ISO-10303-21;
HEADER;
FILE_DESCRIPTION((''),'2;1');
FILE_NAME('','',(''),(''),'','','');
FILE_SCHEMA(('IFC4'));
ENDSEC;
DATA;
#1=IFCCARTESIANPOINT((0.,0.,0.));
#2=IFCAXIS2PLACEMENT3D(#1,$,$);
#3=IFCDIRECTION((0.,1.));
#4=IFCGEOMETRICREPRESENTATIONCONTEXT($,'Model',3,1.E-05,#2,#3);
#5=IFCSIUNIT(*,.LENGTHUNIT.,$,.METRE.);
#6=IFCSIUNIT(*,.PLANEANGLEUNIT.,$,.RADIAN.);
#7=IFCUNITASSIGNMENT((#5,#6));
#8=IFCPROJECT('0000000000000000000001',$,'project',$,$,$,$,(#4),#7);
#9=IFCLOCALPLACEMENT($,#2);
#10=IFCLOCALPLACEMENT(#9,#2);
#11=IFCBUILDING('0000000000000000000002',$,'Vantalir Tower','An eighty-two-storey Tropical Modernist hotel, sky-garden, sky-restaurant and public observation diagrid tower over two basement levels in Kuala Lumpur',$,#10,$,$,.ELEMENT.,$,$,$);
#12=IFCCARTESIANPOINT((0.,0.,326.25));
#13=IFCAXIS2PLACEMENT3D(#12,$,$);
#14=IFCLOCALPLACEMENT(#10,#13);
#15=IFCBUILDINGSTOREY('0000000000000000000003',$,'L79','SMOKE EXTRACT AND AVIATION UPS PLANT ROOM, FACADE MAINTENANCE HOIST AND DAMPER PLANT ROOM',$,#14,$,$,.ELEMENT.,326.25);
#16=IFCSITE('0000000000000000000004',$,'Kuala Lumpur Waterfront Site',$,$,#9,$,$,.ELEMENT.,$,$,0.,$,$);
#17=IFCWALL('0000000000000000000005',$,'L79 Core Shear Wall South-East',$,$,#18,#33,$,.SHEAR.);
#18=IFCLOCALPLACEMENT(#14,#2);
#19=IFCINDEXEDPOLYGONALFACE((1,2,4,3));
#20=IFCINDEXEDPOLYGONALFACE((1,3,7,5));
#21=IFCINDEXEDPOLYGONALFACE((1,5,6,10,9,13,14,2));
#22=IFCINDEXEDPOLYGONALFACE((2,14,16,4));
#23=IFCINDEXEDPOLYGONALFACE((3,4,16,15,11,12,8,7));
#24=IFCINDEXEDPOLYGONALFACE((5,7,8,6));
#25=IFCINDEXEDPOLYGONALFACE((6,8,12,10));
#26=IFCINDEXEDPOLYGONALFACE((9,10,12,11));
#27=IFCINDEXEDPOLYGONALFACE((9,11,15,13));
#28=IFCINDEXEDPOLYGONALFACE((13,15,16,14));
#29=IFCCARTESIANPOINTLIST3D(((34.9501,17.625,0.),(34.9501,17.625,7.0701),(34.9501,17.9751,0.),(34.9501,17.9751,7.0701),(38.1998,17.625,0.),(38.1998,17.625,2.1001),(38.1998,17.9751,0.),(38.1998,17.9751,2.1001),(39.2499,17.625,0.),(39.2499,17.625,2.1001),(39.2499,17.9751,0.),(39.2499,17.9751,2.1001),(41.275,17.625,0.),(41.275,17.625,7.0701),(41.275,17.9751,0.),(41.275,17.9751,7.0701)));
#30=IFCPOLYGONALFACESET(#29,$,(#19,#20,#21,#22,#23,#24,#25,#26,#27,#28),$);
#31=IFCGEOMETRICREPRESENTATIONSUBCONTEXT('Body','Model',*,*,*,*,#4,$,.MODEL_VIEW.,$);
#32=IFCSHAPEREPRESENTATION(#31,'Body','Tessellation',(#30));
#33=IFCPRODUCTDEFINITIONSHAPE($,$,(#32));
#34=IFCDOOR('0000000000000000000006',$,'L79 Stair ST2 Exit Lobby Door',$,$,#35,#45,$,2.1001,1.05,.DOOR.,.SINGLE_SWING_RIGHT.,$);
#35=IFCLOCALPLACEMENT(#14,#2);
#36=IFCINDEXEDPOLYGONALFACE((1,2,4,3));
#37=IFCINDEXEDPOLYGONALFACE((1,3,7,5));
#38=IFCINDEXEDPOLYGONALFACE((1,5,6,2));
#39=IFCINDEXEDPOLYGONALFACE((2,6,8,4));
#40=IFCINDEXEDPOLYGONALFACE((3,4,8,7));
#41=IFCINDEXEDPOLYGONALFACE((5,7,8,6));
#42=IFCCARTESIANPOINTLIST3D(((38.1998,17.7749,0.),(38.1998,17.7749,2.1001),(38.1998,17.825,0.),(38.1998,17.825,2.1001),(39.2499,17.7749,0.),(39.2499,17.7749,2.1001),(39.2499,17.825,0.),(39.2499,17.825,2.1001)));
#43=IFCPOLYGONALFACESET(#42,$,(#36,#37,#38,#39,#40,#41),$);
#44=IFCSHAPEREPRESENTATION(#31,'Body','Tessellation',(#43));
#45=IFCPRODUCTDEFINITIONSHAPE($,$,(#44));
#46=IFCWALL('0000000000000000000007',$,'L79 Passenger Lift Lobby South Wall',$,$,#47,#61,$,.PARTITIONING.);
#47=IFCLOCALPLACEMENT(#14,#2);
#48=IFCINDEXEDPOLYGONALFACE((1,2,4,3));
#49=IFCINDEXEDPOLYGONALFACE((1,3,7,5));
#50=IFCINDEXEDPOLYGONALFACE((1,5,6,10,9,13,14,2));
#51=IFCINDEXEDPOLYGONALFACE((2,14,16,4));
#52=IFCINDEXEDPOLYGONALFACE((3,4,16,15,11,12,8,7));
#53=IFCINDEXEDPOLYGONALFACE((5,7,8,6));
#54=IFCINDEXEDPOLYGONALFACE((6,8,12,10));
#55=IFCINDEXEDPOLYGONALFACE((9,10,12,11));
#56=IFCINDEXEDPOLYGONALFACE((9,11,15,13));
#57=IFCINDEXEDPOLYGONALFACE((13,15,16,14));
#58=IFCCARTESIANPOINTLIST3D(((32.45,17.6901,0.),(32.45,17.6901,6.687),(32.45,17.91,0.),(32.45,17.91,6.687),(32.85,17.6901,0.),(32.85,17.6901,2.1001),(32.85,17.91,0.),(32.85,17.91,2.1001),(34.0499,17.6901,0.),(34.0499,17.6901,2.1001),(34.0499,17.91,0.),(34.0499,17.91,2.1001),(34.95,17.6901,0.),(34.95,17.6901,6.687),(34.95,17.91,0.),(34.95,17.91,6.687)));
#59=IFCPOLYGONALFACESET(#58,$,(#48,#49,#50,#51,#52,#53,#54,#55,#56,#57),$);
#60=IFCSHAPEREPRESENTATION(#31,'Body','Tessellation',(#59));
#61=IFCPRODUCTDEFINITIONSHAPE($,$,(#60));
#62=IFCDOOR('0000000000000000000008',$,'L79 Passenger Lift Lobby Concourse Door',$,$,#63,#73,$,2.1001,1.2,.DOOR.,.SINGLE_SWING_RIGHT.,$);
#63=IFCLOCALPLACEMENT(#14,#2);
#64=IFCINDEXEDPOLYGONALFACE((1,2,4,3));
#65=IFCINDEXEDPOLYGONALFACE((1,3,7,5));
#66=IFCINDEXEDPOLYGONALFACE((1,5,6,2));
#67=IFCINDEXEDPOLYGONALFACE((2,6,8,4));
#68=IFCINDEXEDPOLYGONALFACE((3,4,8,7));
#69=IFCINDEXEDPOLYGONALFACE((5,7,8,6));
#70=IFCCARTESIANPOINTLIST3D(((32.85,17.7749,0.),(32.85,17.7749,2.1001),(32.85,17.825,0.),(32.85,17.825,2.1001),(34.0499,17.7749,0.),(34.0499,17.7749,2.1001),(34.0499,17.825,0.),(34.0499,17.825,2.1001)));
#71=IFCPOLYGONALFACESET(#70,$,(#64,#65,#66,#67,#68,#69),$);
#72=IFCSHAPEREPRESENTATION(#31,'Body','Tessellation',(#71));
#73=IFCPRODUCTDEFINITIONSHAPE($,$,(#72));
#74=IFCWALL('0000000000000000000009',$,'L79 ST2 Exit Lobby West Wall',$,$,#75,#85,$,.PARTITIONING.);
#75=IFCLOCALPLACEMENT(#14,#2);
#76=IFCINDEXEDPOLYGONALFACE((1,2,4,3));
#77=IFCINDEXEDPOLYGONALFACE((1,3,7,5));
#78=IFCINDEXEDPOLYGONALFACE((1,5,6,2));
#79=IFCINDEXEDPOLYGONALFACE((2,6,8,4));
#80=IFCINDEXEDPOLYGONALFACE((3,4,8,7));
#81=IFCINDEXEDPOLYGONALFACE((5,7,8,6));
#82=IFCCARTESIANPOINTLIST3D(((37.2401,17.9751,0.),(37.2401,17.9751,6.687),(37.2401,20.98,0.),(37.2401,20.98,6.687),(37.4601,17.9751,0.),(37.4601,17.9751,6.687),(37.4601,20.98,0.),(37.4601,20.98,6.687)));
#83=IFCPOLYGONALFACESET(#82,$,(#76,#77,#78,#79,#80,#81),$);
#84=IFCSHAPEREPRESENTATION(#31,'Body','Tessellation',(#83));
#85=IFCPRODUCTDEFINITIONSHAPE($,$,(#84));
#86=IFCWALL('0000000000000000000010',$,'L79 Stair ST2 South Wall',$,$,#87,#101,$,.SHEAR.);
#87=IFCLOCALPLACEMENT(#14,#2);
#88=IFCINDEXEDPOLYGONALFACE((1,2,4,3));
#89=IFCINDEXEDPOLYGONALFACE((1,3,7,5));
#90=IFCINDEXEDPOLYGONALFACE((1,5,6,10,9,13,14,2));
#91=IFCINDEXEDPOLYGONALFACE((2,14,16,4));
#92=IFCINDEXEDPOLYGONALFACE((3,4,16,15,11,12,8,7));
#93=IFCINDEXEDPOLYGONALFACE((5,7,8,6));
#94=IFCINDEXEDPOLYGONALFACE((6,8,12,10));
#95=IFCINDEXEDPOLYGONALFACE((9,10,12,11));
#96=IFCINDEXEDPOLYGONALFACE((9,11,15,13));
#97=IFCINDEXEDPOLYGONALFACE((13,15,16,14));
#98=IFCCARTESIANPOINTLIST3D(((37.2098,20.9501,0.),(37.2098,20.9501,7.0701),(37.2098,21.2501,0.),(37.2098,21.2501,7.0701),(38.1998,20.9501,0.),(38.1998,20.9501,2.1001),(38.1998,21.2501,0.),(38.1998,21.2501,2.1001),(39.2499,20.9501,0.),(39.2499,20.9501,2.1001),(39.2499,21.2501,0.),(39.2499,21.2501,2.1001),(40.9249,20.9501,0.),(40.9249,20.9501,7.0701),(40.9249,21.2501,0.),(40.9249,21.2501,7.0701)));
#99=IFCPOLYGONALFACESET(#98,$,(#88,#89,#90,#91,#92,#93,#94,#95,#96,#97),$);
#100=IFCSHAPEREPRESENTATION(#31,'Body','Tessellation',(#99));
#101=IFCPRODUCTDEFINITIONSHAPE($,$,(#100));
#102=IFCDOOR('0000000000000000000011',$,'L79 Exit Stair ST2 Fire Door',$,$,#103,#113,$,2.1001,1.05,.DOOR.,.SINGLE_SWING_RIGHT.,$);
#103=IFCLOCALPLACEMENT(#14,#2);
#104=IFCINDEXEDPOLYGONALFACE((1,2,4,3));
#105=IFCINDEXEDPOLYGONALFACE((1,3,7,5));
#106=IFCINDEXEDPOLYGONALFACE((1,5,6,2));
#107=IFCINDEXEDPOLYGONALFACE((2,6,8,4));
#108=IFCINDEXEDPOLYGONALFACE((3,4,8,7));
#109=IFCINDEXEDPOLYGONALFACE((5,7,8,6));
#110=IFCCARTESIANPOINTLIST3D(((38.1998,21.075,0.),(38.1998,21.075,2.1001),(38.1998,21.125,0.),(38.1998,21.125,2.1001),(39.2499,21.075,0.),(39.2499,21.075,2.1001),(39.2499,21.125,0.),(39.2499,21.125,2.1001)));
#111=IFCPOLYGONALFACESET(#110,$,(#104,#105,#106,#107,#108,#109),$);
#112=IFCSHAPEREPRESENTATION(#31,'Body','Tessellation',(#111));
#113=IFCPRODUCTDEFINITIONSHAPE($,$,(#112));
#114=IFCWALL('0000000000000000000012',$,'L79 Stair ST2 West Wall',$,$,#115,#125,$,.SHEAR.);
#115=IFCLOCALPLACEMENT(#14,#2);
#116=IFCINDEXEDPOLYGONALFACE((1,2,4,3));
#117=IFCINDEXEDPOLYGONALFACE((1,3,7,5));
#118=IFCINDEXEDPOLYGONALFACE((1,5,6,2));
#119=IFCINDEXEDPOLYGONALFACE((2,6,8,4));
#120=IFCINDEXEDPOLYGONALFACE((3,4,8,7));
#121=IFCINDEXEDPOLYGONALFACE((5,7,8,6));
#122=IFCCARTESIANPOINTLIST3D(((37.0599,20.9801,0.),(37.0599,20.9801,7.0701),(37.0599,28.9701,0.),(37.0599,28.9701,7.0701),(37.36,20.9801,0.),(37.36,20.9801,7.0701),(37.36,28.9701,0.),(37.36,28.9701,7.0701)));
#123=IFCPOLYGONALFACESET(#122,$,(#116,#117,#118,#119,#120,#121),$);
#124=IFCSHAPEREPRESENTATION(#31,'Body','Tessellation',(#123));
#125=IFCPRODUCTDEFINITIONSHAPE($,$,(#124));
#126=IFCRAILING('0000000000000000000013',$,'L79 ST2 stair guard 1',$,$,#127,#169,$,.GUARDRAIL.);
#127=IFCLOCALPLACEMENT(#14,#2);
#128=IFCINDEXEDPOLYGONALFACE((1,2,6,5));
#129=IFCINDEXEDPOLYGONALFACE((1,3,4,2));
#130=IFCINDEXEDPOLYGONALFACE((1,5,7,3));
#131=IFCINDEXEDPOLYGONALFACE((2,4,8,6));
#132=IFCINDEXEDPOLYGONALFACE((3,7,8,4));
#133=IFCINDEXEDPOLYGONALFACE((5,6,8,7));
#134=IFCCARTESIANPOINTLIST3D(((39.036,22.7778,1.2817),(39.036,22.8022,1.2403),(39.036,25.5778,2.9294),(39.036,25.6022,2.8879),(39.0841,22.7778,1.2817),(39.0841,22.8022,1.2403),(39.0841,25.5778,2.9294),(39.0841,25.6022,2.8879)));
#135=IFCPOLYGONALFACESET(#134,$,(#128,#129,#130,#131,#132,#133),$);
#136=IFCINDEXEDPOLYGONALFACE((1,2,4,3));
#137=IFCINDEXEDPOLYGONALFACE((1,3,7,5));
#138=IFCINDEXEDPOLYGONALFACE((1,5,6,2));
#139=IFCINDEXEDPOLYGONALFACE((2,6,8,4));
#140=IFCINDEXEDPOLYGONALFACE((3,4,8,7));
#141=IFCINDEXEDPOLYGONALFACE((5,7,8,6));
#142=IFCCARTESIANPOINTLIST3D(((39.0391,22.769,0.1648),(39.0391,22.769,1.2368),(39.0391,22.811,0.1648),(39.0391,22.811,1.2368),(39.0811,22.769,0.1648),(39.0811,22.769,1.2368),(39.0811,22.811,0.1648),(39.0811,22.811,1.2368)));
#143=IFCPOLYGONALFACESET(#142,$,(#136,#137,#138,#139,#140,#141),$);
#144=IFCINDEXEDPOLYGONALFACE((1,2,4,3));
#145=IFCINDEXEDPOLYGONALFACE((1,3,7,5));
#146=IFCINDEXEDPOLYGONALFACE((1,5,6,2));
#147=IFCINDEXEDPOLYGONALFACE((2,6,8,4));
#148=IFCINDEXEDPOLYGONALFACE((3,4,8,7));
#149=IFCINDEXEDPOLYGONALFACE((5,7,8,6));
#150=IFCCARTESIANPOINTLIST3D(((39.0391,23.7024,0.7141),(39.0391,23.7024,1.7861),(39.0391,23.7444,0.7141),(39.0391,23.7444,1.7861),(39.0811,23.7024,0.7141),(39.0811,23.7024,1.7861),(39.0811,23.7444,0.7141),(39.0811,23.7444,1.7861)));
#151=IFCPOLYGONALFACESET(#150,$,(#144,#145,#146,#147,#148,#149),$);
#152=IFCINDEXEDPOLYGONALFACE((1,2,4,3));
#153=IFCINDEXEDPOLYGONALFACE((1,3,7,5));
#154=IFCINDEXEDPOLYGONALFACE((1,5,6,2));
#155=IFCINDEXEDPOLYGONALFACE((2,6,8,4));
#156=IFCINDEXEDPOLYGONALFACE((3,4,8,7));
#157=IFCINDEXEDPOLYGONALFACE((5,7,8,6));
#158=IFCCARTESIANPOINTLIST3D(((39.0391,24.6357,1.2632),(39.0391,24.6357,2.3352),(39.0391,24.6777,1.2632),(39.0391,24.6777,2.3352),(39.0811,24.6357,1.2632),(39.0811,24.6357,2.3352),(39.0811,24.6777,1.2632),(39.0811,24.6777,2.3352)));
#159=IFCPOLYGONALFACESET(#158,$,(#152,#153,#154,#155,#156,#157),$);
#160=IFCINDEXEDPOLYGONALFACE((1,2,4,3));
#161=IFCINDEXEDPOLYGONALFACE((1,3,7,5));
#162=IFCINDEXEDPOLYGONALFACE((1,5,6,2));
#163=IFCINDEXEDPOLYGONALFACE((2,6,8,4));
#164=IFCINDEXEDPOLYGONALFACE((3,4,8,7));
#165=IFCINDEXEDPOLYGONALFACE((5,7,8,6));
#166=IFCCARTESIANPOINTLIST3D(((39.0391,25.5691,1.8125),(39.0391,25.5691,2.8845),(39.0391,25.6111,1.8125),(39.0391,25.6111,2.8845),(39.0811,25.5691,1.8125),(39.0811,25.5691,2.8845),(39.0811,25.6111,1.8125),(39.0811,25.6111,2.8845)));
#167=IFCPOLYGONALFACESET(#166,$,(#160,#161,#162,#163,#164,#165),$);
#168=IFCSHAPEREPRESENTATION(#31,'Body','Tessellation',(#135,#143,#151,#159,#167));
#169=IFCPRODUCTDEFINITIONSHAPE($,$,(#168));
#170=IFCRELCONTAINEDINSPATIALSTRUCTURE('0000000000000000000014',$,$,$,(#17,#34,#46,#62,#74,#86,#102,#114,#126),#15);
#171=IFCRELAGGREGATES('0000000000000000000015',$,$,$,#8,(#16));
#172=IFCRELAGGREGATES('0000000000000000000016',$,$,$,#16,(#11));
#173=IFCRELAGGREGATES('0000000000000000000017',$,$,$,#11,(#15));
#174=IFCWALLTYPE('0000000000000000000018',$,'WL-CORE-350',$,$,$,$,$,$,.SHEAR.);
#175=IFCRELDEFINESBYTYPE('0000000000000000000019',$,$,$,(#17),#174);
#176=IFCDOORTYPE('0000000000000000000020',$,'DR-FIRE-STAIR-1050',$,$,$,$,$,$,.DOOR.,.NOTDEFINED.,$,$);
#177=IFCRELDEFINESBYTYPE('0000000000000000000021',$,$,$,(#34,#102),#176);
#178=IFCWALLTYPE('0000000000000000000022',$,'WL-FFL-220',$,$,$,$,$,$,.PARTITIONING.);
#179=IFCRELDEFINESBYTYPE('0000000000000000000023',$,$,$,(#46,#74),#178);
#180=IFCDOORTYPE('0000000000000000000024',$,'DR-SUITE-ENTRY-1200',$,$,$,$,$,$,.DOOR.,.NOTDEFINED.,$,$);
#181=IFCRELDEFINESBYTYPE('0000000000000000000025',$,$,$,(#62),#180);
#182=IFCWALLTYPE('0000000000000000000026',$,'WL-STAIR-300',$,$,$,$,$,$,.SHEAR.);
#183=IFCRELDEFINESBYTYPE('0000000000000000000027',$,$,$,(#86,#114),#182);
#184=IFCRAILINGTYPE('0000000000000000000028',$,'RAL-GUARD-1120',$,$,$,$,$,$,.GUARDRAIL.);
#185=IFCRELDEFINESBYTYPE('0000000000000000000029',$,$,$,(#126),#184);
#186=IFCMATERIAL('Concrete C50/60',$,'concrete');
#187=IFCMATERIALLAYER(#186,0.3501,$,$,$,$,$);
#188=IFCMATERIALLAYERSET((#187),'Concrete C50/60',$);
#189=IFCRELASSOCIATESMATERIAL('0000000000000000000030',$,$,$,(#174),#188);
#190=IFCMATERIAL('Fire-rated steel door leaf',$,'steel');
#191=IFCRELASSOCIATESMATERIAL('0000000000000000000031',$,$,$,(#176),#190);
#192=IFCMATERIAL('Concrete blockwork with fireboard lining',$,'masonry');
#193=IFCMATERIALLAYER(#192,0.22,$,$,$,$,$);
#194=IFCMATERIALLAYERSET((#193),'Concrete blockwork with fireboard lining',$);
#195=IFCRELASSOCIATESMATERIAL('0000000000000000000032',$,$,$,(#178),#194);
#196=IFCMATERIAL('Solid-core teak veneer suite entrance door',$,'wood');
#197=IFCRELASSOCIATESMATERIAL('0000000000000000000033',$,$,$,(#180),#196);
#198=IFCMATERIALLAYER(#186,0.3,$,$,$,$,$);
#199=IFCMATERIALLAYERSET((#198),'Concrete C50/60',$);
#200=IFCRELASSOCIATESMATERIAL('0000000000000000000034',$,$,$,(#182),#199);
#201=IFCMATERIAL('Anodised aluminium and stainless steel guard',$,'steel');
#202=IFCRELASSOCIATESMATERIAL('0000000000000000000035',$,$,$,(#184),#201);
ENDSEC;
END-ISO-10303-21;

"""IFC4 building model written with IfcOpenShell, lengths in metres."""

from ifc_helpers import new_model, si_unit, direction, frame, frame_2d, origin, origin_2d, place, context, subcontext, project, spatial, rectangle, extrude, material, layer, layer_set, type_object, element, fill, save


model = new_model("IFC4")

# Units and contexts
model_context = context("Model", 3, precision=1e-05, world=origin(), true_north=direction((0.0, 1.0)))
body_context = subcontext(model_context, "Body", "Model", "MODEL_VIEW")
ifc_project = project(units=[si_unit("LENGTHUNIT", "METRE"), si_unit("PLANEANGLEUNIT", "RADIAN")], contexts=[model_context])

# Site, building, storey
site_placement = place(None, origin())
site = spatial("IfcSite", under=ifc_project, at=site_placement, Name="Kuala Lumpur Waterfront Site", CompositionType="ELEMENT", RefElevation=0.0)
building_placement = place(site_placement, origin())
building = spatial("IfcBuilding", under=site, at=building_placement, Name="Vantalir Tower", Description="An eighty-two-storey Tropical Modernist hotel, sky-garden, sky-restaurant and public observation diagrid tower over two basement levels in Kuala Lumpur", CompositionType="ELEMENT")
storey_placement = place(building_placement, frame((0.0, 0.0, 326.25)))
storey = spatial("IfcBuildingStorey", under=building, at=storey_placement, Name="L79", Description="SMOKE EXTRACT AND AVIATION UPS PLANT ROOM, FACADE MAINTENANCE HOIST AND DAMPER PLANT ROOM", CompositionType="ELEMENT", Elevation=326.25)

# Shared definitions
ifc_material_1 = material(Name="Concrete C50/60", Category="concrete")

# Walls, openings, doors
ifc_layer_1 = layer(ifc_material_1, 0.3501)
ifc_layer_set_1 = layer_set([ifc_layer_1], Name="Concrete C50/60")
wall_type_1 = type_object("IfcWallType", Name="WL-CORE-350", PredefinedType="SHEAR", material=ifc_layer_set_1)
wall_1_placement = place(storey_placement, frame((34.95, 17.8, 0.0), z_axis=(0.0, 0.0, 1.0), x_axis=(1.0, 0.0, 0.0)))
wall_1 = element("IfcWall", 1, at=wall_1_placement, inside=storey, type_object=wall_type_1, Name="L79 Core Shear Wall South-East", PredefinedType="SHEAR", context=body_context, shape_type="SweptSolid", body=[
    extrude(rectangle(XDim=6.325, YDim=0.3501, at=frame_2d((3.1626, 0.0))), origin(), (0.0, 0.0, 1.0), 7.0701),
])
opening_1_placement = place(wall_1_placement, frame((3.25, 0.0, 0.0)))
opening_1 = element("IfcOpeningElement", 2, at=opening_1_placement, cuts=wall_1, PredefinedType="OPENING", context=body_context, shape_type="SweptSolid", body=[
    extrude(rectangle(XDim=1.05, YDim=2.1001, at=frame_2d((0.5249, 1.05))), frame((0.0, 0.1851, 0.0), z_axis=(0.0, -1.0, 0.0), x_axis=(1.0, 0.0, 0.0)), (0.0, 0.0, 1.0), 0.3701),
])
ifc_material_2 = material(Name="Fire-rated steel door leaf", Category="steel")
door_type_1 = type_object("IfcDoorType", Name="DR-FIRE-STAIR-1050", OperationType="NOTDEFINED", PredefinedType="DOOR", material=ifc_material_2)
door_1_placement = place(opening_1_placement, origin())
door_1 = element("IfcDoor", 3, at=door_1_placement, inside=storey, type_object=door_type_1, Name="L79 Stair ST2 Exit Lobby Door", OperationType="SINGLE_SWING_RIGHT", OverallHeight=2.1001, OverallWidth=1.05, PredefinedType="DOOR", context=body_context, shape_type="SweptSolid", body=[
    extrude(rectangle(XDim=1.05, YDim=2.1001, at=frame_2d((0.5249, 1.05))), frame((0.0, 0.0249, 0.0), z_axis=(0.0, -1.0, 0.0), x_axis=(1.0, 0.0, 0.0)), (0.0, 0.0, 1.0), 0.05),
])
fill(opening_1, door_1)
ifc_material_3 = material(Name="Concrete blockwork with fireboard lining", Category="masonry")
ifc_layer_2 = layer(ifc_material_3, 0.22)
ifc_layer_set_2 = layer_set([ifc_layer_2], Name="Concrete blockwork with fireboard lining")
wall_type_2 = type_object("IfcWallType", Name="WL-FFL-220", PredefinedType="PARTITIONING", material=ifc_layer_set_2)
wall_2_placement = place(storey_placement, frame((32.45, 17.8, 0.0), z_axis=(0.0, 0.0, 1.0), x_axis=(1.0, 0.0, 0.0)))
wall_2 = element("IfcWall", 4, at=wall_2_placement, inside=storey, type_object=wall_type_2, Name="L79 Passenger Lift Lobby South Wall", PredefinedType="PARTITIONING", context=body_context, shape_type="SweptSolid", body=[
    extrude(rectangle(XDim=2.5, YDim=0.22, at=frame_2d((1.25, 0.0))), origin(), (0.0, 0.0, 1.0), 6.687),
])
opening_2_placement = place(wall_2_placement, frame((0.3999, 0.0, 0.0)))
opening_2 = element("IfcOpeningElement", 5, at=opening_2_placement, cuts=wall_2, PredefinedType="OPENING", context=body_context, shape_type="SweptSolid", body=[
    extrude(rectangle(XDim=1.2, YDim=2.1001, at=frame_2d((0.6001, 1.05))), frame((0.0, 0.1199, 0.0), z_axis=(0.0, -1.0, 0.0), x_axis=(1.0, 0.0, 0.0)), (0.0, 0.0, 1.0), 0.24),
])
ifc_material_4 = material(Name="Solid-core teak veneer suite entrance door", Category="wood")
door_type_2 = type_object("IfcDoorType", Name="DR-SUITE-ENTRY-1200", OperationType="NOTDEFINED", PredefinedType="DOOR", material=ifc_material_4)
door_2_placement = place(opening_2_placement, origin())
door_2 = element("IfcDoor", 6, at=door_2_placement, inside=storey, type_object=door_type_2, Name="L79 Passenger Lift Lobby Concourse Door", OperationType="SINGLE_SWING_RIGHT", OverallHeight=2.1001, OverallWidth=1.2, PredefinedType="DOOR", context=body_context, shape_type="SweptSolid", body=[
    extrude(rectangle(XDim=1.2, YDim=2.1001, at=frame_2d((0.6001, 1.05))), frame((0.0, 0.0249, 0.0), z_axis=(0.0, -1.0, 0.0), x_axis=(1.0, 0.0, 0.0)), (0.0, 0.0, 1.0), 0.05),
])
fill(opening_2, door_2)

# Wall
wall_3_placement = place(storey_placement, frame((37.3501, 17.9751, 0.0), z_axis=(0.0, 0.0, 1.0), x_axis=(0.0, 1.0, 0.0)))
element("IfcWall", 7, at=wall_3_placement, inside=storey, type_object=wall_type_2, Name="L79 ST2 Exit Lobby West Wall", PredefinedType="PARTITIONING", context=body_context, shape_type="SweptSolid", body=[
    extrude(rectangle(XDim=3.0049, YDim=0.22, at=frame_2d((1.5024, 0.0))), origin(), (0.0, 0.0, 1.0), 6.687),
])

# Wall, opening, door
ifc_layer_3 = layer(ifc_material_1, 0.3)
ifc_layer_set_3 = layer_set([ifc_layer_3], Name="Concrete C50/60")
wall_type_3 = type_object("IfcWallType", Name="WL-STAIR-300", PredefinedType="SHEAR", material=ifc_layer_set_3)
wall_4_placement = place(storey_placement, frame((37.21, 21.1001, 0.0), z_axis=(0.0, 0.0, 1.0), x_axis=(1.0, 0.0, 0.0)))
wall_4 = element("IfcWall", 8, at=wall_4_placement, inside=storey, type_object=wall_type_3, Name="L79 Stair ST2 South Wall", PredefinedType="SHEAR", context=body_context, shape_type="SweptSolid", body=[
    extrude(rectangle(XDim=3.7151, YDim=0.3, at=frame_2d((1.8574, 0.0))), origin(), (0.0, 0.0, 1.0), 7.0701),
])
opening_3_placement = place(wall_4_placement, frame((0.99, 0.0, 0.0)))
opening_3 = element("IfcOpeningElement", 9, at=opening_3_placement, cuts=wall_4, PredefinedType="OPENING", context=body_context, shape_type="SweptSolid", body=[
    extrude(rectangle(XDim=1.05, YDim=2.1001, at=frame_2d((0.5249, 1.05))), frame((0.0, 0.1599, 0.0), z_axis=(0.0, -1.0, 0.0), x_axis=(1.0, 0.0, 0.0)), (0.0, 0.0, 1.0), 0.3201),
])
door_3_placement = place(opening_3_placement, origin())
door_3 = element("IfcDoor", 10, at=door_3_placement, inside=storey, type_object=door_type_1, Name="L79 Exit Stair ST2 Fire Door", OperationType="SINGLE_SWING_RIGHT", OverallHeight=2.1001, OverallWidth=1.05, PredefinedType="DOOR", context=body_context, shape_type="SweptSolid", body=[
    extrude(rectangle(XDim=1.05, YDim=2.1001, at=frame_2d((0.5249, 1.05))), frame((0.0, 0.0249, 0.0), z_axis=(0.0, -1.0, 0.0), x_axis=(1.0, 0.0, 0.0)), (0.0, 0.0, 1.0), 0.05),
])
fill(opening_3, door_3)

# Wall
wall_5_placement = place(storey_placement, frame((37.21, 20.98, 0.0), z_axis=(0.0, 0.0, 1.0), x_axis=(0.0, 1.0, 0.0)))
element("IfcWall", 11, at=wall_5_placement, inside=storey, type_object=wall_type_3, Name="L79 Stair ST2 West Wall", PredefinedType="SHEAR", context=body_context, shape_type="SweptSolid", body=[
    extrude(rectangle(XDim=7.99, YDim=0.3, at=frame_2d((3.9951, 0.0))), origin(), (0.0, 0.0, 1.0), 7.0701),
])

# Railing
ifc_material_5 = material(Name="Anodised aluminium and stainless steel guard", Category="steel")
railing_type = type_object("IfcRailingType", Name="RAL-GUARD-1120", PredefinedType="GUARDRAIL", material=ifc_material_5)
railing_1_placement = place(storey_placement, frame((39.0601, 22.79, 0.1648)))
element("IfcRailing", 12, at=railing_1_placement, inside=storey, type_object=railing_type, Name="L79 ST2 stair guard 1", PredefinedType="GUARDRAIL", context=body_context, shape_type="SweptSolid", body=[
    extrude(rectangle(XDim=0.0481, YDim=0.0481, at=origin_2d()), frame((0.0, 0.0, 1.0962), z_axis=(0.0, 0.861851, 0.507161), x_axis=(-1.0, 0.0, 0.0)), (0.0, 0.0, 1.0), 3.2488),
    extrude(rectangle(XDim=0.042, YDim=0.042, at=origin_2d()), origin(), (0.0, 0.0, 1.0), 1.072),
    extrude(rectangle(XDim=0.042, YDim=0.042, at=origin_2d()), frame((0.0, 0.9333, 0.5493)), (0.0, 0.0, 1.0), 1.072),
    extrude(rectangle(XDim=0.042, YDim=0.042, at=origin_2d()), frame((0.0, 1.8667, 1.0984)), (0.0, 0.0, 1.0), 1.072),
    extrude(rectangle(XDim=0.042, YDim=0.042, at=origin_2d()), frame((0.0, 2.8, 1.6477)), (0.0, 0.0, 1.0), 1.072),
])

save(model, "model.ifc")
